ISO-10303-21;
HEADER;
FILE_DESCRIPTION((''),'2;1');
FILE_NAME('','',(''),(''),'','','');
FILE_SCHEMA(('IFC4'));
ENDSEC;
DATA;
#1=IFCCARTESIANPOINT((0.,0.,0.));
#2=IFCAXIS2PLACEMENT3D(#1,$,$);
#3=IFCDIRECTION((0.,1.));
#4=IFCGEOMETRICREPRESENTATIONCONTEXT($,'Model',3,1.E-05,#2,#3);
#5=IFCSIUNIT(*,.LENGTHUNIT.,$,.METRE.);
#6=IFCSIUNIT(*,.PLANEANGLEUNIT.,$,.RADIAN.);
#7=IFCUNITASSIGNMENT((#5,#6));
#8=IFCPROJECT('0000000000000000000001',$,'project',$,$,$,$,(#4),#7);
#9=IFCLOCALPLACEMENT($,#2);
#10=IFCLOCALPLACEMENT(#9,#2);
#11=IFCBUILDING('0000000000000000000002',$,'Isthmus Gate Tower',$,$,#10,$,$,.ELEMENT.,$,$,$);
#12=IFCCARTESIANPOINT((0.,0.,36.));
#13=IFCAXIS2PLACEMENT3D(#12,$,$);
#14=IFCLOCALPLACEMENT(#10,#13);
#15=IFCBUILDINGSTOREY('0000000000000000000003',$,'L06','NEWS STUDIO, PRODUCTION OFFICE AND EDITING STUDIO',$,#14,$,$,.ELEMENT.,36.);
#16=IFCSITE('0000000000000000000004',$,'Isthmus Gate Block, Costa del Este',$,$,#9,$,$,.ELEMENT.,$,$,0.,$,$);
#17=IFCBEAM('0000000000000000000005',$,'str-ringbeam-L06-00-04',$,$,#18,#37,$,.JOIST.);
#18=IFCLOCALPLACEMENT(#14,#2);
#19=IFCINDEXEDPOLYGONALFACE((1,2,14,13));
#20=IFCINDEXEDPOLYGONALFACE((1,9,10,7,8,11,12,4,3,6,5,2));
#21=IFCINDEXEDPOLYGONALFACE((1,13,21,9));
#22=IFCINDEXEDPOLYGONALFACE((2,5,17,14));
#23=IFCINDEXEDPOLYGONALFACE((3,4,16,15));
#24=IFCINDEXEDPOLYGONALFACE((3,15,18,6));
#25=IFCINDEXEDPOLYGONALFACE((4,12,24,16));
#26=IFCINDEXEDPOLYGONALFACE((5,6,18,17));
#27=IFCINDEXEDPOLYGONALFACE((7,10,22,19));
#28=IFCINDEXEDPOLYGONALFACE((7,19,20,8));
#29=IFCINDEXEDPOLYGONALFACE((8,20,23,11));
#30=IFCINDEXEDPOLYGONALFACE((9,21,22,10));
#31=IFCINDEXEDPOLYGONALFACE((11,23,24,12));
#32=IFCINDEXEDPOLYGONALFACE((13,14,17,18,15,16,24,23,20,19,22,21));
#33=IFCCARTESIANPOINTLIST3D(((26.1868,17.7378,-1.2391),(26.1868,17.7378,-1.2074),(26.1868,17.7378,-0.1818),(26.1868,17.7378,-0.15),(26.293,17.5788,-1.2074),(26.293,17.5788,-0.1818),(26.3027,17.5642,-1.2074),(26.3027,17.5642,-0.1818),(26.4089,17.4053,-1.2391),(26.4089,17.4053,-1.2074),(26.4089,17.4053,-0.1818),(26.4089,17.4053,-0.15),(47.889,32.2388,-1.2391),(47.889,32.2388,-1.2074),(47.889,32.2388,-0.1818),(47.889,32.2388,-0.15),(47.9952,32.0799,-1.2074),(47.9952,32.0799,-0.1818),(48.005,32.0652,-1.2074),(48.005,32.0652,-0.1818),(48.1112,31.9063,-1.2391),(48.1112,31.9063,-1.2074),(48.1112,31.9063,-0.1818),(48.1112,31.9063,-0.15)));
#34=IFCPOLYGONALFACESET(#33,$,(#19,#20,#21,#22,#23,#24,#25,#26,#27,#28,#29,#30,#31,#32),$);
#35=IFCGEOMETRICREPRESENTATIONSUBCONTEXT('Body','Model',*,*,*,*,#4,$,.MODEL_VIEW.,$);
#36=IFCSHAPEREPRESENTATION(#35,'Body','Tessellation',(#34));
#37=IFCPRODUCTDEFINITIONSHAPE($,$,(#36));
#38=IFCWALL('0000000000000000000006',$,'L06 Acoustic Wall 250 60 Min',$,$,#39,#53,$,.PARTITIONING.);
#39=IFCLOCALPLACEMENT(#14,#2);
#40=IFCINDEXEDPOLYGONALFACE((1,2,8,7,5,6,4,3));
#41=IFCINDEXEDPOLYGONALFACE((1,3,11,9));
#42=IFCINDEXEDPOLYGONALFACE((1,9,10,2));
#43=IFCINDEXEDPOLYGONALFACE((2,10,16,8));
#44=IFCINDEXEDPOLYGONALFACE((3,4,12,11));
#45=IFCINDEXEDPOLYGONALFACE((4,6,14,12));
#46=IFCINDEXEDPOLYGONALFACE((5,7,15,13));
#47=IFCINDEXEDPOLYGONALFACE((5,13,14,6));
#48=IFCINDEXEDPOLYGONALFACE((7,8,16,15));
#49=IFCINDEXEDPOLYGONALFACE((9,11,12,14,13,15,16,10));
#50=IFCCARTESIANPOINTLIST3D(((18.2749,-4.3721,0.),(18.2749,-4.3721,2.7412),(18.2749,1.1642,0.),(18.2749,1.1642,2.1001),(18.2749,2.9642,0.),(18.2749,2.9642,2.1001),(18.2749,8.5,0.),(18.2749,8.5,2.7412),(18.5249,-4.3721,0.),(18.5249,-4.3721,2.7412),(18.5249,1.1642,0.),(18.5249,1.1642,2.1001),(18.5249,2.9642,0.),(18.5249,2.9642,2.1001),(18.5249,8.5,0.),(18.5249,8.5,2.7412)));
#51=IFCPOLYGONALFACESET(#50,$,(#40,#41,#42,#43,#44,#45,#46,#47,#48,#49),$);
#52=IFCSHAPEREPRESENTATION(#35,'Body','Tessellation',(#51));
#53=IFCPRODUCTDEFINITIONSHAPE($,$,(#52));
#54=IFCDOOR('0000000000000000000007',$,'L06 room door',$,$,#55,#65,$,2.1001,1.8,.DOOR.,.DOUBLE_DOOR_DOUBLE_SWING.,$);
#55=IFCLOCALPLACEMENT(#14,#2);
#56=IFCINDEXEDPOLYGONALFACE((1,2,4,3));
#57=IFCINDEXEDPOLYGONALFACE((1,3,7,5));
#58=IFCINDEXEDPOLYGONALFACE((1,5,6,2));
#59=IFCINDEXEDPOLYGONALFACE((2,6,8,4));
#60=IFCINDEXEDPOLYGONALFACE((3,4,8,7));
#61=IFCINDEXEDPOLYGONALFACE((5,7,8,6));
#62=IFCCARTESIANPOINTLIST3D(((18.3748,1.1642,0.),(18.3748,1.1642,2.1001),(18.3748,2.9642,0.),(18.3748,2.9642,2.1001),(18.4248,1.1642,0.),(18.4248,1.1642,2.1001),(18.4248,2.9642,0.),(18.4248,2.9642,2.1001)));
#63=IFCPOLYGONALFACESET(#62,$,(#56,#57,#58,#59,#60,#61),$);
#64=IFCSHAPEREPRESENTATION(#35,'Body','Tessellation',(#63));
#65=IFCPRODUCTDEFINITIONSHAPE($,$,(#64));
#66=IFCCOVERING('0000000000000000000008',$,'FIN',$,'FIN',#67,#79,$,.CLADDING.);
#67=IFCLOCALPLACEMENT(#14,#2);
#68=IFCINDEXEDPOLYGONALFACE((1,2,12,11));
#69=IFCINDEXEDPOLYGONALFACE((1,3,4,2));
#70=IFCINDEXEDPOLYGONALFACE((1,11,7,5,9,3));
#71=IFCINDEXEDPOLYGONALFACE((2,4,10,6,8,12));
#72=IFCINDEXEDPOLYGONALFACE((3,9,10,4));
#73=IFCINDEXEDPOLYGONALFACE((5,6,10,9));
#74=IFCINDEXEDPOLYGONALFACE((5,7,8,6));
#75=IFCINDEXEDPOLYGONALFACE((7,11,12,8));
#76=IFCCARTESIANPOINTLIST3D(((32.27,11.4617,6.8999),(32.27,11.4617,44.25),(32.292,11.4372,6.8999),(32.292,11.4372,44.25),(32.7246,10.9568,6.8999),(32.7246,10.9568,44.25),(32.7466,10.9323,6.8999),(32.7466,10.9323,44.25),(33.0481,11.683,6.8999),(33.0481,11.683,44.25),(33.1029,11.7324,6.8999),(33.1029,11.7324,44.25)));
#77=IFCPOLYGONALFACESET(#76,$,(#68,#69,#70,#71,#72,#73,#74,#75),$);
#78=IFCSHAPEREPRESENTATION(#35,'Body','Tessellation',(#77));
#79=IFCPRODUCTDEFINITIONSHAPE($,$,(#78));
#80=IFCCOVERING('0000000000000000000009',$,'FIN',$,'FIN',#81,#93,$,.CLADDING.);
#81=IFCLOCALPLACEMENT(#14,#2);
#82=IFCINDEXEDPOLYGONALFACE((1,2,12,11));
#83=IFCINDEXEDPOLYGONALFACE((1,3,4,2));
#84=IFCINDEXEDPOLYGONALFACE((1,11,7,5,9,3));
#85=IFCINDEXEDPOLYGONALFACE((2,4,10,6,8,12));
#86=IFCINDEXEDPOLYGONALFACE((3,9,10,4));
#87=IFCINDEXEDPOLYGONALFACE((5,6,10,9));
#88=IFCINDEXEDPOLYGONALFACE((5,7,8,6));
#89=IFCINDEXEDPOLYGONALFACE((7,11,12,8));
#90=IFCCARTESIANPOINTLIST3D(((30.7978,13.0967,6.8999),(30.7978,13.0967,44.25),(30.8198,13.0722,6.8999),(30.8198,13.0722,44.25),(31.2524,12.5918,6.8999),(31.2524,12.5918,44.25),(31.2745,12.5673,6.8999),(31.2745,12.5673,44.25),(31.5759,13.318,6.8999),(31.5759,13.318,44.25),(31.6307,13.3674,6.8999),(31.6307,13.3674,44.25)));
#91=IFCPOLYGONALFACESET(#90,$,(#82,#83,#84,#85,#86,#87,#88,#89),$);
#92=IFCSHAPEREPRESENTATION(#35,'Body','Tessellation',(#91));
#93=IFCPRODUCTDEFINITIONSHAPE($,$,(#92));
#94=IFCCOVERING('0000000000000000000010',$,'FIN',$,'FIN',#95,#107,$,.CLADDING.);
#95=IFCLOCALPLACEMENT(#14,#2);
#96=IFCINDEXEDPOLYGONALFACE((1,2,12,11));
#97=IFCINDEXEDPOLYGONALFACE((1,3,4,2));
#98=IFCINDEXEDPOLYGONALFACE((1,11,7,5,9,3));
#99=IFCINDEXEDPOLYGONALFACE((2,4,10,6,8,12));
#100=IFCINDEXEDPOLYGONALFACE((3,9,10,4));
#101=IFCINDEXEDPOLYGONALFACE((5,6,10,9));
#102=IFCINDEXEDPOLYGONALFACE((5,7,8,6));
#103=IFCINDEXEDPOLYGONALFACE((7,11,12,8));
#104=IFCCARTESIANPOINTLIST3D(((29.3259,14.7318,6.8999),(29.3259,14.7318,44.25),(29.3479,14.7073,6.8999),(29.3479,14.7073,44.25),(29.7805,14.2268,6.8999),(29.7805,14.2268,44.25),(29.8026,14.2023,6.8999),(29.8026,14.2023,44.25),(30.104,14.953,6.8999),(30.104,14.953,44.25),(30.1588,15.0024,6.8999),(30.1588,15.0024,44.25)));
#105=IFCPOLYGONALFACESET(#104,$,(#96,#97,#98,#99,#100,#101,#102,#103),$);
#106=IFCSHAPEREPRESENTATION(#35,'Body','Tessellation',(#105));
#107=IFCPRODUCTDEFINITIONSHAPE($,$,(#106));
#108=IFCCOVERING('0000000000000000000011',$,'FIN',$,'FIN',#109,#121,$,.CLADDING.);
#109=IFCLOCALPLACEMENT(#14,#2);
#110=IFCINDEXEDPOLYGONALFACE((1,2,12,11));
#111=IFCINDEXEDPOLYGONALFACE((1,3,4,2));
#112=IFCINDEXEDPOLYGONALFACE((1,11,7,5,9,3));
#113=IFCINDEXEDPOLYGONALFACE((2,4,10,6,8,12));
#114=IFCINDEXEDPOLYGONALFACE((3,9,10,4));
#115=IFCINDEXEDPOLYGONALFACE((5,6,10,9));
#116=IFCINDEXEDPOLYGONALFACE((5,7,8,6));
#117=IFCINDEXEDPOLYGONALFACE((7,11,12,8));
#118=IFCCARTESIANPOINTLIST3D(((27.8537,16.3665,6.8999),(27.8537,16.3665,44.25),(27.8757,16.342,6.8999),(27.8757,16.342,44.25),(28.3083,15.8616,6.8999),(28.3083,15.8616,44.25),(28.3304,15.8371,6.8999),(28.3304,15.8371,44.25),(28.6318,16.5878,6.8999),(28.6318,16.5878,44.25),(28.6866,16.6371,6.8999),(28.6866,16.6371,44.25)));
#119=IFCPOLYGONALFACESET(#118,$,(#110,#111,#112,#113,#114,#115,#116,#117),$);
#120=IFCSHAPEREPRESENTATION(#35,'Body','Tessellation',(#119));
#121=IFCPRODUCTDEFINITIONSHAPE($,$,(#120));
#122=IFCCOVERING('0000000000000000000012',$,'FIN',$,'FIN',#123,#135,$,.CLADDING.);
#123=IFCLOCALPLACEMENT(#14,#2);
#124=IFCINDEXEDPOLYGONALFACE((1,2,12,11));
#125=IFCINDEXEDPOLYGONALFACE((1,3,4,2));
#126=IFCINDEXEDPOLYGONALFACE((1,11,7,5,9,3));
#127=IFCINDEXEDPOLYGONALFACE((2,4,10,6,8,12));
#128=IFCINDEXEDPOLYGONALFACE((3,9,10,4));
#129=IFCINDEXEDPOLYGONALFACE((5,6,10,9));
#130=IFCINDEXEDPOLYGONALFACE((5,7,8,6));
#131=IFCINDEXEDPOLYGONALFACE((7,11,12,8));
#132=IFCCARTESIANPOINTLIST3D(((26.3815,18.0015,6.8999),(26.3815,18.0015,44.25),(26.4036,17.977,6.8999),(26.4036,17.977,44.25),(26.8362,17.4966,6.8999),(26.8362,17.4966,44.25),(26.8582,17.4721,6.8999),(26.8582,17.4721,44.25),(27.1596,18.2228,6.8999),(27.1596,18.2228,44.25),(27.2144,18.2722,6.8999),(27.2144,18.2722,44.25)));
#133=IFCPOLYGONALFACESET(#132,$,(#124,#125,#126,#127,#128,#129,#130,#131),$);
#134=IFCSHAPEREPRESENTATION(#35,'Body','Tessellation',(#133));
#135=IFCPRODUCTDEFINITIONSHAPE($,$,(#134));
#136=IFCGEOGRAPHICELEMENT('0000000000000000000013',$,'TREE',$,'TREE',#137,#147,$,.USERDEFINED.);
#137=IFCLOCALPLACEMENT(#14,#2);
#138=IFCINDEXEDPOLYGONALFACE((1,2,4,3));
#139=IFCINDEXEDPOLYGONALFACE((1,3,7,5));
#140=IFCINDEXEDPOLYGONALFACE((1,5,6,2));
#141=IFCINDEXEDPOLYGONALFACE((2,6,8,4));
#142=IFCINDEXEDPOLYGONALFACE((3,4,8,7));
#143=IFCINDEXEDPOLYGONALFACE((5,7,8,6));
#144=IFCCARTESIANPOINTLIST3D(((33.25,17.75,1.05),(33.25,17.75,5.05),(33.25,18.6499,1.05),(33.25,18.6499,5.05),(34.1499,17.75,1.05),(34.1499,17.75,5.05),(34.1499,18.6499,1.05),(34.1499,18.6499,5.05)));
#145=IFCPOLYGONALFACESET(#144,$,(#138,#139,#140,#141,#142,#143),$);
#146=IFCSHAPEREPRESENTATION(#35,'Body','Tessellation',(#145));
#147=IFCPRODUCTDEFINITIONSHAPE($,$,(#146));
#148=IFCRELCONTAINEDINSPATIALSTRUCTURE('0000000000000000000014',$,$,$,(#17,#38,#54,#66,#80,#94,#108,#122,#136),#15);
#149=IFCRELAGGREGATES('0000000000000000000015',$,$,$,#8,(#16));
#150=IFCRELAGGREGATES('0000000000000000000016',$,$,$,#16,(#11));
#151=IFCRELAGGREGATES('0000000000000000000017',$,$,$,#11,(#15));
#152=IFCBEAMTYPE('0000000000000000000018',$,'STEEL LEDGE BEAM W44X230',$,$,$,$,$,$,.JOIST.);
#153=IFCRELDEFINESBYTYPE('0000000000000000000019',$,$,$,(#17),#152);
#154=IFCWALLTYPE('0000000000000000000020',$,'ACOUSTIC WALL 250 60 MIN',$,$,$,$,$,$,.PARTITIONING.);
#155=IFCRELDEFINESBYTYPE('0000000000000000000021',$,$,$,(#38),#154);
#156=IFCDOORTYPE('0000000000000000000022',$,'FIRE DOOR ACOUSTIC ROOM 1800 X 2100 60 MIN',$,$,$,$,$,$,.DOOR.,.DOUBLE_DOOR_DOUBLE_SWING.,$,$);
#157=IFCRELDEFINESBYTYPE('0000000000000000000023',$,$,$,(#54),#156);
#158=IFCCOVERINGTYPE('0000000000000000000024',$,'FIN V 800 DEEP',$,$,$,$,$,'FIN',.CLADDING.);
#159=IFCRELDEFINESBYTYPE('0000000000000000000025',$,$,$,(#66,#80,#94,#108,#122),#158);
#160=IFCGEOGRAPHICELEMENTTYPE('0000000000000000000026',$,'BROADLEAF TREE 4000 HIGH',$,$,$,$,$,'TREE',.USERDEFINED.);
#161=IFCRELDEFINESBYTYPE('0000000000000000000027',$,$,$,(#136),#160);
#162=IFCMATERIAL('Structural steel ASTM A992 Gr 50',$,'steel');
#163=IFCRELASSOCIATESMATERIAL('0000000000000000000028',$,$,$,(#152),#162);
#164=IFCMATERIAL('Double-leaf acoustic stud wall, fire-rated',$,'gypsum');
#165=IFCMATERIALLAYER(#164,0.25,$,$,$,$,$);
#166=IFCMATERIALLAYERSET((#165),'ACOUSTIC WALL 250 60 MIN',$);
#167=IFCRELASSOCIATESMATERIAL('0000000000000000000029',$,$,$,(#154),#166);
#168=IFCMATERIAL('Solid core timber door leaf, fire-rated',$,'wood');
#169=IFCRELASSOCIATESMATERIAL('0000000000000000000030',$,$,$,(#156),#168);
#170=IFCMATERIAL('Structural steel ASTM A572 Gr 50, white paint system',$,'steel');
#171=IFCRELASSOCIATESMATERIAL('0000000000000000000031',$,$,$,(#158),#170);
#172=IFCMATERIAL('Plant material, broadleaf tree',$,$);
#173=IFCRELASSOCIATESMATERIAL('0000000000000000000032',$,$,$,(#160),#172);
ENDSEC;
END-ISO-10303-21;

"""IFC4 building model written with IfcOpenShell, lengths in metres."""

from ifc_helpers import new_model, si_unit, direction, frame, frame_2d, origin, origin_2d, place, context, subcontext, project, spatial, polyline, rectangle, i_section, outline, extrude, material, layer, layer_set, material_profile, profile_set, type_object, element, fill, save


model = new_model("IFC4")

# Units and contexts
model_context = context("Model", 3, precision=1e-05, world=origin(), true_north=direction((0.0, 1.0)))
body_context = subcontext(model_context, "Body", "Model", "MODEL_VIEW")
ifc_project = project(units=[si_unit("LENGTHUNIT", "METRE"), si_unit("PLANEANGLEUNIT", "RADIAN")], contexts=[model_context])

# Site, building, storey
site_placement = place(None, origin())
site = spatial("IfcSite", under=ifc_project, at=site_placement, Name="Isthmus Gate Block, Costa del Este", CompositionType="ELEMENT", RefElevation=0.0)
building_placement = place(site_placement, origin())
building = spatial("IfcBuilding", under=site, at=building_placement, Name="Isthmus Gate Tower", CompositionType="ELEMENT")
storey_placement = place(building_placement, frame((0.0, 0.0, 36.0)))
storey = spatial("IfcBuildingStorey", under=building, at=storey_placement, Name="L06", Description="NEWS STUDIO, PRODUCTION OFFICE AND EDITING STUDIO", CompositionType="ELEMENT", Elevation=36.0)

# Beam
ifc_material_1 = material(Name="Structural steel ASTM A992 Gr 50", Category="steel")
ifc_material_profile_1 = material_profile(ifc_material_1, i_section(OverallWidth=0.3999, OverallDepth=1.0891, WebThickness=0.0176, FlangeThickness=0.0317, at=origin_2d()), Name="W44X230")
ifc_profile_set_1 = profile_set([ifc_material_profile_1], Name="Structural steel ASTM A992 Gr 50")
beam_type_1 = type_object("IfcBeamType", Name="STEEL LEDGE BEAM W44X230", PredefinedType="JOIST", material=ifc_profile_set_1)
beam_1_placement = place(storey_placement, frame((26.2979, 17.5715, -0.6946), z_axis=(0.831468, 0.555572, 0.0), x_axis=(-0.555572, 0.831468, 0.0)))
element("IfcBeam", 1, at=beam_1_placement, inside=storey, type_object=beam_type_1, Name="str-ringbeam-L06-00-04", PredefinedType="JOIST", context=body_context, shape_type="SweptSolid", body=[
    extrude(i_section(OverallWidth=0.3999, OverallDepth=1.0891, WebThickness=0.0176, FlangeThickness=0.0317, at=origin_2d()), origin(), (0.0, 0.0, 1.0), 26.1011),
])

# Wall, opening, door
ifc_material_2 = material(Name="Double-leaf acoustic stud wall, fire-rated", Category="gypsum")
ifc_layer_1 = layer(ifc_material_2, 0.25)
ifc_layer_set_1 = layer_set([ifc_layer_1], Name="ACOUSTIC WALL 250 60 MIN")
wall_type_1 = type_object("IfcWallType", Name="ACOUSTIC WALL 250 60 MIN", PredefinedType="PARTITIONING", material=ifc_layer_set_1)
wall_1_placement = place(storey_placement, frame((18.3999, 8.5, 0.0), z_axis=(0.0, 0.0, 1.0), x_axis=(0.0, -1.0, 0.0)))
wall_1 = element("IfcWall", 2, at=wall_1_placement, inside=storey, type_object=wall_type_1, Name="L06 Acoustic Wall 250 60 Min", PredefinedType="PARTITIONING", context=body_context, shape_type="SweptSolid", body=[
    extrude(rectangle(XDim=12.8721, YDim=0.25, at=frame_2d((6.436, 0.0))), origin(), (0.0, 0.0, 1.0), 2.7412),
])
opening_1_placement = place(wall_1_placement, frame((5.5359, 0.0, 0.0)))
opening_1 = element("IfcOpeningElement", 3, at=opening_1_placement, cuts=wall_1, PredefinedType="OPENING", context=body_context, shape_type="SweptSolid", body=[
    extrude(rectangle(XDim=1.8, YDim=2.1001, at=frame_2d((0.8999, 1.05))), frame((0.0, 0.135, 0.0), z_axis=(0.0, -1.0, 0.0), x_axis=(1.0, 0.0, 0.0)), (0.0, 0.0, 1.0), 0.27),
])
ifc_material_3 = material(Name="Solid core timber door leaf, fire-rated", Category="wood")
door_type_1 = type_object("IfcDoorType", Name="FIRE DOOR ACOUSTIC ROOM 1800 X 2100 60 MIN", OperationType="DOUBLE_DOOR_DOUBLE_SWING", PredefinedType="DOOR", material=ifc_material_3)
door_1_placement = place(opening_1_placement, origin())
door_1 = element("IfcDoor", 4, at=door_1_placement, inside=storey, type_object=door_type_1, Name="L06 room door", OperationType="DOUBLE_DOOR_DOUBLE_SWING", OverallHeight=2.1001, OverallWidth=1.8, PredefinedType="DOOR", context=body_context, shape_type="SweptSolid", body=[
    extrude(rectangle(XDim=1.8, YDim=2.1001, at=frame_2d((0.8999, 1.05))), frame((0.0, 0.0249, 0.0), z_axis=(0.0, -1.0, 0.0), x_axis=(1.0, 0.0, 0.0)), (0.0, 0.0, 1.0), 0.05),
])
fill(opening_1, door_1)

# Coverings
ifc_material_4 = material(Name="Structural steel ASTM A572 Gr 50, white paint system", Category="steel")
ifc_material_profile_2 = material_profile(ifc_material_4, outline(polyline([(0.0, -0.3562), (0.8, 0.0), (0.0, 0.3562), (0.0, 0.3232), (0.7263, 0.0), (0.0, -0.3232), (0.0, -0.3562)])), Name="V800")
ifc_profile_set_2 = profile_set([ifc_material_profile_2], Name="Structural steel ASTM A572 Gr 50, white paint system")
covering_type = type_object("IfcCoveringType", Name="FIN V 800 DEEP", ElementType="FIN", PredefinedType="CLADDING", material=ifc_profile_set_2)
for number, where, z_axis, x_axis, name in (
    (5, (32.5083, 11.197, 6.8999), (0.0, 0.0, 1.0), (0.743145, 0.669131, 0.0), "FIN"),
    (6, (31.0361, 12.832, 6.8999), (0.0, 0.0, 1.0), (0.743145, 0.669131, 0.0), "FIN"),
    (7, (29.5642, 14.467, 6.8999), (0.0, 0.0, 1.0), (0.743145, 0.669131, 0.0), "FIN"),
    (8, (28.092, 16.1018, 6.8999), (0.0, 0.0, 1.0), (0.743145, 0.669131, 0.0), "FIN"),
    (9, (26.6199, 17.7368, 6.8999), (0.0, 0.0, 1.0), (0.743145, 0.669131, 0.0), "FIN"),
):
    element("IfcCovering", number, at=place(storey_placement, frame(where, z_axis=z_axis, x_axis=x_axis)), inside=storey, type_object=covering_type, Name=name, ObjectType="FIN", PredefinedType="CLADDING", context=body_context, shape_type="SweptSolid", body=[
        extrude(outline(polyline([(0.0, -0.3562), (0.8, 0.0), (0.0, 0.3562), (0.0, 0.3232), (0.7263, 0.0), (0.0, -0.3232), (0.0, -0.3562)])), origin(), (0.0, 0.0, 1.0), 37.3501),
    ])

# Geographic element
ifc_material_5 = material(Name="Plant material, broadleaf tree")
geographic_element_type = type_object("IfcGeographicElementType", Name="BROADLEAF TREE 4000 HIGH", ElementType="TREE", PredefinedType="USERDEFINED", material=ifc_material_5)
geographic_element_placement = place(storey_placement, frame((33.7, 18.2, 1.05), z_axis=(0.0, 0.0, 1.0), x_axis=(1.0, 0.0, 0.0)))
element("IfcGeographicElement", 10, at=geographic_element_placement, inside=storey, type_object=geographic_element_type, Name="TREE", ObjectType="TREE", PredefinedType="USERDEFINED", context=body_context, shape_type="SweptSolid", body=[
    extrude(rectangle(XDim=0.8999, YDim=0.8999, at=origin_2d()), origin(), (0.0, 0.0, 1.0), 4.0),
])

save(model, "model.ifc")
